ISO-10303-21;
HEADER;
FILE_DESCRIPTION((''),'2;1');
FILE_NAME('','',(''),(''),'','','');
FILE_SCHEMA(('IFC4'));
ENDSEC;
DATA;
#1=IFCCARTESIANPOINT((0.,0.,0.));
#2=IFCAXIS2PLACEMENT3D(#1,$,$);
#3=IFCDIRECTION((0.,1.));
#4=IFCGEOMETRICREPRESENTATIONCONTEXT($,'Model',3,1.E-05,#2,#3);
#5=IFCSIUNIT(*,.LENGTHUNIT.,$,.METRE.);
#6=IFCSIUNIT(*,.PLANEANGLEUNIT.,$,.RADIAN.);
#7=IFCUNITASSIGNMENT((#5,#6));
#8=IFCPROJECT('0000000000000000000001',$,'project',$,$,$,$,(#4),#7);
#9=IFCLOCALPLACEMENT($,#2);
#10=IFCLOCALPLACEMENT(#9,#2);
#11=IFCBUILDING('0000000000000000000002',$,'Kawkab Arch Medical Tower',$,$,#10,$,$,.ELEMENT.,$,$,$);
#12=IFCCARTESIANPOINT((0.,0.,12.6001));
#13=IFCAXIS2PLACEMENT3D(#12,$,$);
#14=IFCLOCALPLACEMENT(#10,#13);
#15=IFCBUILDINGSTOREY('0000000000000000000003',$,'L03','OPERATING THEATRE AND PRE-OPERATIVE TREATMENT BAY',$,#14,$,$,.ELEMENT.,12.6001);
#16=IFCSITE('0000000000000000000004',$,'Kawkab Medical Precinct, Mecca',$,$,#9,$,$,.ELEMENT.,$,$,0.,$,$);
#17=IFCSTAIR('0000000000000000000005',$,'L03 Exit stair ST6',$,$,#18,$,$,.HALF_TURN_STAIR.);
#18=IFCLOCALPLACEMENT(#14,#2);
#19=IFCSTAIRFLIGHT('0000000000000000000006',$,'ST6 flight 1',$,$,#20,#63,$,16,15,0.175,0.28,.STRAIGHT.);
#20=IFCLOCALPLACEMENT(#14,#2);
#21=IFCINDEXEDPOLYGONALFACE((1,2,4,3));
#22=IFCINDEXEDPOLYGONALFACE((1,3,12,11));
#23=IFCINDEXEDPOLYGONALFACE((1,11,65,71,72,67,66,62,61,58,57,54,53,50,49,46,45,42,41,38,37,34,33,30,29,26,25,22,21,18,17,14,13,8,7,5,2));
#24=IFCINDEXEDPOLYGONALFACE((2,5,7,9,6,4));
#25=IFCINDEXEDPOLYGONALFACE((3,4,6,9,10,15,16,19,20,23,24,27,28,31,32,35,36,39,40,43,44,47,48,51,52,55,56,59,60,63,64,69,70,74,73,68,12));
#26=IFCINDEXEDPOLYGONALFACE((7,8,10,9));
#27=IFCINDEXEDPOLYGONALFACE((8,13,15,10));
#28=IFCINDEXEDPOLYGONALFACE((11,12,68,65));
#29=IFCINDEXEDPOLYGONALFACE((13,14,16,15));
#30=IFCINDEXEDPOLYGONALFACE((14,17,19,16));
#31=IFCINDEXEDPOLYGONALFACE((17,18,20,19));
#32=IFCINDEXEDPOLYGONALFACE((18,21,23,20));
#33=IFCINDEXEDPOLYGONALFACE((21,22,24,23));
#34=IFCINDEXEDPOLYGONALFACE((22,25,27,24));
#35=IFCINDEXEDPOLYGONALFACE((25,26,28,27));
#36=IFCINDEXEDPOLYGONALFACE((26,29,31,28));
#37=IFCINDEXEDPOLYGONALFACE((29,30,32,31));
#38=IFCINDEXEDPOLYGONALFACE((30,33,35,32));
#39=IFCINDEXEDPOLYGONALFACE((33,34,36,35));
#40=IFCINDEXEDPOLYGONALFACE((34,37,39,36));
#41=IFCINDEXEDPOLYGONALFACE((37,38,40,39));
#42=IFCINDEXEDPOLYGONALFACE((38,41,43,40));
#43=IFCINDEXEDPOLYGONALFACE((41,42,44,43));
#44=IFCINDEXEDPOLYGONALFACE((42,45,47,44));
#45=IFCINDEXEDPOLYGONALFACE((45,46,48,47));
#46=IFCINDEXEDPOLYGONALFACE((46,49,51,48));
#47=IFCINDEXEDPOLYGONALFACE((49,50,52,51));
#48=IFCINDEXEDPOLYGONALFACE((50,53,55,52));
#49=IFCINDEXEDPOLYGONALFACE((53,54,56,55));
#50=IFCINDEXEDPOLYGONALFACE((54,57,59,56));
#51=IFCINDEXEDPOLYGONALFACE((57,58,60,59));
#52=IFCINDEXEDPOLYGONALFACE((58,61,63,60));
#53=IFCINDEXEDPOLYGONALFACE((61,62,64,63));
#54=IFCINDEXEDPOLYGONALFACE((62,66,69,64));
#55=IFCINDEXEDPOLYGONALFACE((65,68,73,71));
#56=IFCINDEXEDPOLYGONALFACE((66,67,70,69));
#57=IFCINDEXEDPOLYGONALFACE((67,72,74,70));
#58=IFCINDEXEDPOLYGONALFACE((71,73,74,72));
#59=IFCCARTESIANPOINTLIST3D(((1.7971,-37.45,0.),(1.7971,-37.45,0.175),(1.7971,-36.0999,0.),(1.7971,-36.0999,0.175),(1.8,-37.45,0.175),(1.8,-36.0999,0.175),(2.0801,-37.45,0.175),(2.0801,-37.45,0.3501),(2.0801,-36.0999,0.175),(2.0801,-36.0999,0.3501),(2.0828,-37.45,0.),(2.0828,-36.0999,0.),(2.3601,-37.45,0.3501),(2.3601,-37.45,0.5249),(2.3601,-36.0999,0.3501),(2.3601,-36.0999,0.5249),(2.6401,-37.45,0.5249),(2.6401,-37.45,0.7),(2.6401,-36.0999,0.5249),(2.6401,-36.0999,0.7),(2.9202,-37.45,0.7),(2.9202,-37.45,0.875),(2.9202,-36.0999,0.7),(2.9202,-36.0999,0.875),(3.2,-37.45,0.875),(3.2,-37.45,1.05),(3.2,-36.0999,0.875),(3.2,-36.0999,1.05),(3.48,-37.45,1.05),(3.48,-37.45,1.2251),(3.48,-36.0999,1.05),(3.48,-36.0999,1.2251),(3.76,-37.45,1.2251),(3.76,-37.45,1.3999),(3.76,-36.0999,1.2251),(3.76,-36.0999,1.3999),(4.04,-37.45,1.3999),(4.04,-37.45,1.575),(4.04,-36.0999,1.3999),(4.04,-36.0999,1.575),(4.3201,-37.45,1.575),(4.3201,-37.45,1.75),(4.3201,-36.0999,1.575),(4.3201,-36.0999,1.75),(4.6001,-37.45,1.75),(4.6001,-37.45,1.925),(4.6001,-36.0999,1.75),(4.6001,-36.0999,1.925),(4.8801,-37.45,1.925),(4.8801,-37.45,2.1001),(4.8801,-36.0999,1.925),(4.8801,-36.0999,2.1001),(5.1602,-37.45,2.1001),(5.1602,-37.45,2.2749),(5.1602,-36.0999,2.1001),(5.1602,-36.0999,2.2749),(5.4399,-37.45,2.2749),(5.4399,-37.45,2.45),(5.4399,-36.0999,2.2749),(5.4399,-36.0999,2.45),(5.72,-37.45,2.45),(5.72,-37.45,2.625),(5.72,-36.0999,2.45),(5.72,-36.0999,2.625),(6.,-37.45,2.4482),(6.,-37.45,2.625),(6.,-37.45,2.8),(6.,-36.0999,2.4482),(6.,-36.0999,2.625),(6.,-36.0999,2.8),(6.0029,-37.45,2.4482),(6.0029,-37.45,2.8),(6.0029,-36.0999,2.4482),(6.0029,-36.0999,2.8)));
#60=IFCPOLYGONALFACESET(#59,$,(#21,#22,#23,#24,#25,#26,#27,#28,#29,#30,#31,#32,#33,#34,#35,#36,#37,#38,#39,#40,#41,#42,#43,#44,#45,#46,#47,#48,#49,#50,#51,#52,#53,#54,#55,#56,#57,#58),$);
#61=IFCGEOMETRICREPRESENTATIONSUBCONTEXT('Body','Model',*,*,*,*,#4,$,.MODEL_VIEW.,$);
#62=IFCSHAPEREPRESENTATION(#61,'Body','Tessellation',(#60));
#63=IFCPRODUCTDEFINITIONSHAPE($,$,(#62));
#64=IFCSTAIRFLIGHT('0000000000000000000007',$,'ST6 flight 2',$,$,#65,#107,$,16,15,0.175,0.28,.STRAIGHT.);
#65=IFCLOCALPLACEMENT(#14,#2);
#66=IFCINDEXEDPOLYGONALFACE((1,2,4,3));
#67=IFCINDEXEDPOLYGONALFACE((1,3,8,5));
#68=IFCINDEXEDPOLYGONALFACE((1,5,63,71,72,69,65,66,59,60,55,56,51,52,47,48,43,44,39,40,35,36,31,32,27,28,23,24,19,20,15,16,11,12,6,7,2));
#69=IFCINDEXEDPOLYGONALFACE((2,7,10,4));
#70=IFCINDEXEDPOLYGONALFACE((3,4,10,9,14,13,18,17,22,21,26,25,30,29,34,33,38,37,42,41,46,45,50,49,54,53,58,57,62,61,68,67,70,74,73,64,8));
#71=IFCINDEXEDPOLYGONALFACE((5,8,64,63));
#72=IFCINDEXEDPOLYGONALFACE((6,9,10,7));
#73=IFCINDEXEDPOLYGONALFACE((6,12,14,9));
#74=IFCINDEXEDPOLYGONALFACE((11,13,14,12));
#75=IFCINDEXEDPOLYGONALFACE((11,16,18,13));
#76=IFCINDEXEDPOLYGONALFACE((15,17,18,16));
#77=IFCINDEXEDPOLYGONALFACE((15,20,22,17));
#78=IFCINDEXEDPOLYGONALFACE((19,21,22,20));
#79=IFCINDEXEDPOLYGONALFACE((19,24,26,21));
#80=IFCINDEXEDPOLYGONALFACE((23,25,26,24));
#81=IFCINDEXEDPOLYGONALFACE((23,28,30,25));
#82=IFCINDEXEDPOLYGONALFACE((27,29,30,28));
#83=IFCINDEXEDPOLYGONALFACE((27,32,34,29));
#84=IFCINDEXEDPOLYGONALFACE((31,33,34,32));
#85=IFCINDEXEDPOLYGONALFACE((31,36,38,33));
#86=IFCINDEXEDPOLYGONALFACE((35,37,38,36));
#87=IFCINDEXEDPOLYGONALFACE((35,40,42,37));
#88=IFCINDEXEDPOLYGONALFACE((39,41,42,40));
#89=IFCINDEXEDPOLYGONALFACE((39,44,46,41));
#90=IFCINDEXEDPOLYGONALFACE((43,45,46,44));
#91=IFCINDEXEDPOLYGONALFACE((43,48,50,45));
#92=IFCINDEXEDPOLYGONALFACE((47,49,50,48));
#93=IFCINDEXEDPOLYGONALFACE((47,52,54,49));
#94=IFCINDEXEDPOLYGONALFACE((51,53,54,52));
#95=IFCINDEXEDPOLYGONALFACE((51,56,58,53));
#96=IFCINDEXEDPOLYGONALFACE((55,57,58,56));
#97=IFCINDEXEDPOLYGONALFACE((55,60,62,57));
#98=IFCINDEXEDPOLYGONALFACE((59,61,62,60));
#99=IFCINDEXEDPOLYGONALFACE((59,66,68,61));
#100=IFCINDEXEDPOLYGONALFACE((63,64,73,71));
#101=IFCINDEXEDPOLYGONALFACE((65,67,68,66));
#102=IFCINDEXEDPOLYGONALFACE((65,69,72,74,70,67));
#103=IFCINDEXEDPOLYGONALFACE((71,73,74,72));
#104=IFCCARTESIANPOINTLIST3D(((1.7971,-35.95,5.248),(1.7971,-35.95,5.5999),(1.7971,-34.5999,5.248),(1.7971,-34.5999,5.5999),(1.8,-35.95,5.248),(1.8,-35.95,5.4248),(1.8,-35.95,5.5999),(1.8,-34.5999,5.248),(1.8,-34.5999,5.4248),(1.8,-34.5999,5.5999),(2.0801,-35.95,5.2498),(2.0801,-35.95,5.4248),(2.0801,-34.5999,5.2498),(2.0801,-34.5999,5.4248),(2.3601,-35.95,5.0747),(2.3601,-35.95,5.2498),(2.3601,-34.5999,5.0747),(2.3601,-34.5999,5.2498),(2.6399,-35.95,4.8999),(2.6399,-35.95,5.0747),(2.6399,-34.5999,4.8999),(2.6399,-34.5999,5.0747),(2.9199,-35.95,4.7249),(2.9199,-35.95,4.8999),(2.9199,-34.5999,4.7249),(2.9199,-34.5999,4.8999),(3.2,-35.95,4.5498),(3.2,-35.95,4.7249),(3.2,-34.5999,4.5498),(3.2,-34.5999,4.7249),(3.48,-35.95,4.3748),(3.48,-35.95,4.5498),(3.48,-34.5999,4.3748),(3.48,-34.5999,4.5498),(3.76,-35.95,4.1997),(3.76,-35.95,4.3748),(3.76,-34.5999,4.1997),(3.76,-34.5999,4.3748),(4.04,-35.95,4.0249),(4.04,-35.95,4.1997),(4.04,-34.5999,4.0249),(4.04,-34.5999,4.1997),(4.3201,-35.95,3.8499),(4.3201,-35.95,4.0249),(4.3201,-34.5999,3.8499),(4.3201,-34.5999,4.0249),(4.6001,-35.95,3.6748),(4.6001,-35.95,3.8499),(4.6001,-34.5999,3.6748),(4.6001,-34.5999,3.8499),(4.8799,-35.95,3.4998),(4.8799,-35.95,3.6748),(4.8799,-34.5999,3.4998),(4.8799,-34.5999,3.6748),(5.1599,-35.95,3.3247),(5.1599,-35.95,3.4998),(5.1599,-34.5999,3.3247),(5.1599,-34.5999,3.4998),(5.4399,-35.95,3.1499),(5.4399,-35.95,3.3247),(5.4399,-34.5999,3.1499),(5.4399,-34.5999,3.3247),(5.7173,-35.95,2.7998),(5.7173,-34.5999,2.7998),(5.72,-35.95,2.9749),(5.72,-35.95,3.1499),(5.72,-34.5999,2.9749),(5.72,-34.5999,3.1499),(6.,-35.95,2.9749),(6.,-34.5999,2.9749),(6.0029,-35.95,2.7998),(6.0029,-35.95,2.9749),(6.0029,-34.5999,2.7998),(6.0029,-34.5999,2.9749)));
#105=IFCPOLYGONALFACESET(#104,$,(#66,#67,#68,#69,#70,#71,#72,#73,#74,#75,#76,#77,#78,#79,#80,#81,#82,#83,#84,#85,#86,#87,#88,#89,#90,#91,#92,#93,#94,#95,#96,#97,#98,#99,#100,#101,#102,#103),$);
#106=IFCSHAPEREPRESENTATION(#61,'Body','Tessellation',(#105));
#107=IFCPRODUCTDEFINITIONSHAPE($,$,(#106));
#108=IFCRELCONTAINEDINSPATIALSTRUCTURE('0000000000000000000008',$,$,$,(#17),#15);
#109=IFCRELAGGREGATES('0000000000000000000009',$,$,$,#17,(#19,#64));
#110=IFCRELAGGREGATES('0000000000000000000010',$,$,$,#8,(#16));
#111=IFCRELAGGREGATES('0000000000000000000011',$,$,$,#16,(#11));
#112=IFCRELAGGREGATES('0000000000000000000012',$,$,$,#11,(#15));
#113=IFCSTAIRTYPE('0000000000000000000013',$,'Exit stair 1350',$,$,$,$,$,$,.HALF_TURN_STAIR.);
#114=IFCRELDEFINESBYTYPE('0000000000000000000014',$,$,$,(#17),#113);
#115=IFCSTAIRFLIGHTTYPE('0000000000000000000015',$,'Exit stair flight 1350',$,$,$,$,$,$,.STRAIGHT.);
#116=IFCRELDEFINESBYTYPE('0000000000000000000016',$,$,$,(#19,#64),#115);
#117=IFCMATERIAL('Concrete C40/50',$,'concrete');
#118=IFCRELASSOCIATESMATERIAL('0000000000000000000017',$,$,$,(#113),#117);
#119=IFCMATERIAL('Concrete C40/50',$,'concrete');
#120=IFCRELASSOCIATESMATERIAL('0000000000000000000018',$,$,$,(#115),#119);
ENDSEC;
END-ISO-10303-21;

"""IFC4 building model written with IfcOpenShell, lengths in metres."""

from ifc_helpers import new_model, si_unit, direction, frame, origin, place, context, subcontext, project, spatial, polyline, outline, extrude, material, type_object, element, aggregate, save


model = new_model("IFC4")

# Units and contexts
model_context = context("Model", 3, precision=1e-05, world=origin(), true_north=direction((0.0, 1.0)))
body_context = subcontext(model_context, "Body", "Model", "MODEL_VIEW")
ifc_project = project(units=[si_unit("LENGTHUNIT", "METRE"), si_unit("PLANEANGLEUNIT", "RADIAN")], contexts=[model_context])

# Site, building, storey
site_placement = place(None, origin())
site = spatial("IfcSite", under=ifc_project, at=site_placement, Name="Kawkab Medical Precinct, Mecca", CompositionType="ELEMENT", RefElevation=0.0)
building_placement = place(site_placement, origin())
building = spatial("IfcBuilding", under=site, at=building_placement, Name="Kawkab Arch Medical Tower", CompositionType="ELEMENT")
storey_placement = place(building_placement, frame((0.0, 0.0, 12.6001)))
storey = spatial("IfcBuildingStorey", under=building, at=storey_placement, Name="L03", Description="OPERATING THEATRE AND PRE-OPERATIVE TREATMENT BAY", CompositionType="ELEMENT", Elevation=12.6001)

# Stair, stair flights
ifc_material_1 = material(Name="Concrete C40/50", Category="concrete")
stair_type = type_object("IfcStairType", Name="Exit stair 1350", PredefinedType="HALF_TURN_STAIR", material=ifc_material_1)
stair_placement = place(storey_placement, origin())
stair = element("IfcStair", 1, at=stair_placement, inside=storey, type_object=stair_type, Name="L03 Exit stair ST6", PredefinedType="HALF_TURN_STAIR")
ifc_material_2 = material(Name="Concrete C40/50", Category="concrete")
stair_flight_type = type_object("IfcStairFlightType", Name="Exit stair flight 1350", PredefinedType="STRAIGHT", material=ifc_material_2)
stair_flight_1_placement = place(storey_placement, frame((1.8, -36.7749, 0.0), z_axis=(0.0, 0.0, 1.0), x_axis=(1.0, 0.0, 0.0)))
stair_flight_1 = element("IfcStairFlight", 2, at=stair_flight_1_placement, type_object=stair_flight_type, Name="ST6 flight 1", NumberOfRisers=16, NumberOfTreads=15, PredefinedType="STRAIGHT", RiserHeight=0.175, TreadLength=0.28, context=body_context, shape_type="SweptSolid", body=[
    extrude(outline(polyline([(-0.0029, 0.0), (-0.0029, 0.175), (0.0, 0.175), (0.28, 0.175), (0.28, 0.3501), (0.5601, 0.3501), (0.5601, 0.5249), (0.8401, 0.5249), (0.8401, 0.7), (1.1201, 0.7), (1.1201, 0.875), (1.3999, 0.875), (1.3999, 1.05), (1.6799, 1.05), (1.6799, 1.2251), (1.96, 1.2251), (1.96, 1.3999), (2.24, 1.3999), (2.24, 1.575), (2.52, 1.575), (2.52, 1.75), (2.8, 1.75), (2.8, 1.925), (3.0801, 1.925), (3.0801, 2.1001), (3.3601, 2.1001), (3.3601, 2.2749), (3.6399, 2.2749), (3.6399, 2.45), (3.9199, 2.45), (3.9199, 2.625), (4.2, 2.625), (4.2, 2.8), (4.2029, 2.8), (4.2029, 2.4482), (4.2, 2.4482), (0.2827, 0.0), (-0.0029, 0.0)])), frame((0.0, 0.675, 0.0), z_axis=(0.0, -1.0, 0.0), x_axis=(1.0, 0.0, 0.0)), (0.0, 0.0, 1.0), 1.3501),
])
stair_flight_2_placement = place(storey_placement, frame((6.0, -35.2749, 2.7998), z_axis=(0.0, 0.0, 1.0), x_axis=(-1.0, 0.0, 0.0)))
stair_flight_2 = element("IfcStairFlight", 3, at=stair_flight_2_placement, type_object=stair_flight_type, Name="ST6 flight 2", NumberOfRisers=16, NumberOfTreads=15, PredefinedType="STRAIGHT", RiserHeight=0.175, TreadLength=0.28, context=body_context, shape_type="SweptSolid", body=[
    extrude(outline(polyline([(-0.0029, 0.0), (-0.0029, 0.175), (0.0, 0.175), (0.28, 0.175), (0.28, 0.3501), (0.5601, 0.3501), (0.5601, 0.5249), (0.8401, 0.5249), (0.8401, 0.7), (1.1201, 0.7), (1.1201, 0.875), (1.3999, 0.875), (1.3999, 1.05), (1.6799, 1.05), (1.6799, 1.2251), (1.96, 1.2251), (1.96, 1.3999), (2.24, 1.3999), (2.24, 1.575), (2.52, 1.575), (2.52, 1.75), (2.8, 1.75), (2.8, 1.925), (3.0801, 1.925), (3.0801, 2.1001), (3.3601, 2.1001), (3.3601, 2.2749), (3.6399, 2.2749), (3.6399, 2.45), (3.9199, 2.45), (3.9199, 2.625), (4.2, 2.625), (4.2, 2.8), (4.2029, 2.8), (4.2029, 2.4482), (4.2, 2.4482), (0.2827, 0.0), (-0.0029, 0.0)])), frame((0.0, 0.675, 0.0), z_axis=(0.0, -1.0, 0.0), x_axis=(1.0, 0.0, 0.0)), (0.0, 0.0, 1.0), 1.3501),
])
aggregate(stair, [stair_flight_1, stair_flight_2])

save(model, "model.ifc")
